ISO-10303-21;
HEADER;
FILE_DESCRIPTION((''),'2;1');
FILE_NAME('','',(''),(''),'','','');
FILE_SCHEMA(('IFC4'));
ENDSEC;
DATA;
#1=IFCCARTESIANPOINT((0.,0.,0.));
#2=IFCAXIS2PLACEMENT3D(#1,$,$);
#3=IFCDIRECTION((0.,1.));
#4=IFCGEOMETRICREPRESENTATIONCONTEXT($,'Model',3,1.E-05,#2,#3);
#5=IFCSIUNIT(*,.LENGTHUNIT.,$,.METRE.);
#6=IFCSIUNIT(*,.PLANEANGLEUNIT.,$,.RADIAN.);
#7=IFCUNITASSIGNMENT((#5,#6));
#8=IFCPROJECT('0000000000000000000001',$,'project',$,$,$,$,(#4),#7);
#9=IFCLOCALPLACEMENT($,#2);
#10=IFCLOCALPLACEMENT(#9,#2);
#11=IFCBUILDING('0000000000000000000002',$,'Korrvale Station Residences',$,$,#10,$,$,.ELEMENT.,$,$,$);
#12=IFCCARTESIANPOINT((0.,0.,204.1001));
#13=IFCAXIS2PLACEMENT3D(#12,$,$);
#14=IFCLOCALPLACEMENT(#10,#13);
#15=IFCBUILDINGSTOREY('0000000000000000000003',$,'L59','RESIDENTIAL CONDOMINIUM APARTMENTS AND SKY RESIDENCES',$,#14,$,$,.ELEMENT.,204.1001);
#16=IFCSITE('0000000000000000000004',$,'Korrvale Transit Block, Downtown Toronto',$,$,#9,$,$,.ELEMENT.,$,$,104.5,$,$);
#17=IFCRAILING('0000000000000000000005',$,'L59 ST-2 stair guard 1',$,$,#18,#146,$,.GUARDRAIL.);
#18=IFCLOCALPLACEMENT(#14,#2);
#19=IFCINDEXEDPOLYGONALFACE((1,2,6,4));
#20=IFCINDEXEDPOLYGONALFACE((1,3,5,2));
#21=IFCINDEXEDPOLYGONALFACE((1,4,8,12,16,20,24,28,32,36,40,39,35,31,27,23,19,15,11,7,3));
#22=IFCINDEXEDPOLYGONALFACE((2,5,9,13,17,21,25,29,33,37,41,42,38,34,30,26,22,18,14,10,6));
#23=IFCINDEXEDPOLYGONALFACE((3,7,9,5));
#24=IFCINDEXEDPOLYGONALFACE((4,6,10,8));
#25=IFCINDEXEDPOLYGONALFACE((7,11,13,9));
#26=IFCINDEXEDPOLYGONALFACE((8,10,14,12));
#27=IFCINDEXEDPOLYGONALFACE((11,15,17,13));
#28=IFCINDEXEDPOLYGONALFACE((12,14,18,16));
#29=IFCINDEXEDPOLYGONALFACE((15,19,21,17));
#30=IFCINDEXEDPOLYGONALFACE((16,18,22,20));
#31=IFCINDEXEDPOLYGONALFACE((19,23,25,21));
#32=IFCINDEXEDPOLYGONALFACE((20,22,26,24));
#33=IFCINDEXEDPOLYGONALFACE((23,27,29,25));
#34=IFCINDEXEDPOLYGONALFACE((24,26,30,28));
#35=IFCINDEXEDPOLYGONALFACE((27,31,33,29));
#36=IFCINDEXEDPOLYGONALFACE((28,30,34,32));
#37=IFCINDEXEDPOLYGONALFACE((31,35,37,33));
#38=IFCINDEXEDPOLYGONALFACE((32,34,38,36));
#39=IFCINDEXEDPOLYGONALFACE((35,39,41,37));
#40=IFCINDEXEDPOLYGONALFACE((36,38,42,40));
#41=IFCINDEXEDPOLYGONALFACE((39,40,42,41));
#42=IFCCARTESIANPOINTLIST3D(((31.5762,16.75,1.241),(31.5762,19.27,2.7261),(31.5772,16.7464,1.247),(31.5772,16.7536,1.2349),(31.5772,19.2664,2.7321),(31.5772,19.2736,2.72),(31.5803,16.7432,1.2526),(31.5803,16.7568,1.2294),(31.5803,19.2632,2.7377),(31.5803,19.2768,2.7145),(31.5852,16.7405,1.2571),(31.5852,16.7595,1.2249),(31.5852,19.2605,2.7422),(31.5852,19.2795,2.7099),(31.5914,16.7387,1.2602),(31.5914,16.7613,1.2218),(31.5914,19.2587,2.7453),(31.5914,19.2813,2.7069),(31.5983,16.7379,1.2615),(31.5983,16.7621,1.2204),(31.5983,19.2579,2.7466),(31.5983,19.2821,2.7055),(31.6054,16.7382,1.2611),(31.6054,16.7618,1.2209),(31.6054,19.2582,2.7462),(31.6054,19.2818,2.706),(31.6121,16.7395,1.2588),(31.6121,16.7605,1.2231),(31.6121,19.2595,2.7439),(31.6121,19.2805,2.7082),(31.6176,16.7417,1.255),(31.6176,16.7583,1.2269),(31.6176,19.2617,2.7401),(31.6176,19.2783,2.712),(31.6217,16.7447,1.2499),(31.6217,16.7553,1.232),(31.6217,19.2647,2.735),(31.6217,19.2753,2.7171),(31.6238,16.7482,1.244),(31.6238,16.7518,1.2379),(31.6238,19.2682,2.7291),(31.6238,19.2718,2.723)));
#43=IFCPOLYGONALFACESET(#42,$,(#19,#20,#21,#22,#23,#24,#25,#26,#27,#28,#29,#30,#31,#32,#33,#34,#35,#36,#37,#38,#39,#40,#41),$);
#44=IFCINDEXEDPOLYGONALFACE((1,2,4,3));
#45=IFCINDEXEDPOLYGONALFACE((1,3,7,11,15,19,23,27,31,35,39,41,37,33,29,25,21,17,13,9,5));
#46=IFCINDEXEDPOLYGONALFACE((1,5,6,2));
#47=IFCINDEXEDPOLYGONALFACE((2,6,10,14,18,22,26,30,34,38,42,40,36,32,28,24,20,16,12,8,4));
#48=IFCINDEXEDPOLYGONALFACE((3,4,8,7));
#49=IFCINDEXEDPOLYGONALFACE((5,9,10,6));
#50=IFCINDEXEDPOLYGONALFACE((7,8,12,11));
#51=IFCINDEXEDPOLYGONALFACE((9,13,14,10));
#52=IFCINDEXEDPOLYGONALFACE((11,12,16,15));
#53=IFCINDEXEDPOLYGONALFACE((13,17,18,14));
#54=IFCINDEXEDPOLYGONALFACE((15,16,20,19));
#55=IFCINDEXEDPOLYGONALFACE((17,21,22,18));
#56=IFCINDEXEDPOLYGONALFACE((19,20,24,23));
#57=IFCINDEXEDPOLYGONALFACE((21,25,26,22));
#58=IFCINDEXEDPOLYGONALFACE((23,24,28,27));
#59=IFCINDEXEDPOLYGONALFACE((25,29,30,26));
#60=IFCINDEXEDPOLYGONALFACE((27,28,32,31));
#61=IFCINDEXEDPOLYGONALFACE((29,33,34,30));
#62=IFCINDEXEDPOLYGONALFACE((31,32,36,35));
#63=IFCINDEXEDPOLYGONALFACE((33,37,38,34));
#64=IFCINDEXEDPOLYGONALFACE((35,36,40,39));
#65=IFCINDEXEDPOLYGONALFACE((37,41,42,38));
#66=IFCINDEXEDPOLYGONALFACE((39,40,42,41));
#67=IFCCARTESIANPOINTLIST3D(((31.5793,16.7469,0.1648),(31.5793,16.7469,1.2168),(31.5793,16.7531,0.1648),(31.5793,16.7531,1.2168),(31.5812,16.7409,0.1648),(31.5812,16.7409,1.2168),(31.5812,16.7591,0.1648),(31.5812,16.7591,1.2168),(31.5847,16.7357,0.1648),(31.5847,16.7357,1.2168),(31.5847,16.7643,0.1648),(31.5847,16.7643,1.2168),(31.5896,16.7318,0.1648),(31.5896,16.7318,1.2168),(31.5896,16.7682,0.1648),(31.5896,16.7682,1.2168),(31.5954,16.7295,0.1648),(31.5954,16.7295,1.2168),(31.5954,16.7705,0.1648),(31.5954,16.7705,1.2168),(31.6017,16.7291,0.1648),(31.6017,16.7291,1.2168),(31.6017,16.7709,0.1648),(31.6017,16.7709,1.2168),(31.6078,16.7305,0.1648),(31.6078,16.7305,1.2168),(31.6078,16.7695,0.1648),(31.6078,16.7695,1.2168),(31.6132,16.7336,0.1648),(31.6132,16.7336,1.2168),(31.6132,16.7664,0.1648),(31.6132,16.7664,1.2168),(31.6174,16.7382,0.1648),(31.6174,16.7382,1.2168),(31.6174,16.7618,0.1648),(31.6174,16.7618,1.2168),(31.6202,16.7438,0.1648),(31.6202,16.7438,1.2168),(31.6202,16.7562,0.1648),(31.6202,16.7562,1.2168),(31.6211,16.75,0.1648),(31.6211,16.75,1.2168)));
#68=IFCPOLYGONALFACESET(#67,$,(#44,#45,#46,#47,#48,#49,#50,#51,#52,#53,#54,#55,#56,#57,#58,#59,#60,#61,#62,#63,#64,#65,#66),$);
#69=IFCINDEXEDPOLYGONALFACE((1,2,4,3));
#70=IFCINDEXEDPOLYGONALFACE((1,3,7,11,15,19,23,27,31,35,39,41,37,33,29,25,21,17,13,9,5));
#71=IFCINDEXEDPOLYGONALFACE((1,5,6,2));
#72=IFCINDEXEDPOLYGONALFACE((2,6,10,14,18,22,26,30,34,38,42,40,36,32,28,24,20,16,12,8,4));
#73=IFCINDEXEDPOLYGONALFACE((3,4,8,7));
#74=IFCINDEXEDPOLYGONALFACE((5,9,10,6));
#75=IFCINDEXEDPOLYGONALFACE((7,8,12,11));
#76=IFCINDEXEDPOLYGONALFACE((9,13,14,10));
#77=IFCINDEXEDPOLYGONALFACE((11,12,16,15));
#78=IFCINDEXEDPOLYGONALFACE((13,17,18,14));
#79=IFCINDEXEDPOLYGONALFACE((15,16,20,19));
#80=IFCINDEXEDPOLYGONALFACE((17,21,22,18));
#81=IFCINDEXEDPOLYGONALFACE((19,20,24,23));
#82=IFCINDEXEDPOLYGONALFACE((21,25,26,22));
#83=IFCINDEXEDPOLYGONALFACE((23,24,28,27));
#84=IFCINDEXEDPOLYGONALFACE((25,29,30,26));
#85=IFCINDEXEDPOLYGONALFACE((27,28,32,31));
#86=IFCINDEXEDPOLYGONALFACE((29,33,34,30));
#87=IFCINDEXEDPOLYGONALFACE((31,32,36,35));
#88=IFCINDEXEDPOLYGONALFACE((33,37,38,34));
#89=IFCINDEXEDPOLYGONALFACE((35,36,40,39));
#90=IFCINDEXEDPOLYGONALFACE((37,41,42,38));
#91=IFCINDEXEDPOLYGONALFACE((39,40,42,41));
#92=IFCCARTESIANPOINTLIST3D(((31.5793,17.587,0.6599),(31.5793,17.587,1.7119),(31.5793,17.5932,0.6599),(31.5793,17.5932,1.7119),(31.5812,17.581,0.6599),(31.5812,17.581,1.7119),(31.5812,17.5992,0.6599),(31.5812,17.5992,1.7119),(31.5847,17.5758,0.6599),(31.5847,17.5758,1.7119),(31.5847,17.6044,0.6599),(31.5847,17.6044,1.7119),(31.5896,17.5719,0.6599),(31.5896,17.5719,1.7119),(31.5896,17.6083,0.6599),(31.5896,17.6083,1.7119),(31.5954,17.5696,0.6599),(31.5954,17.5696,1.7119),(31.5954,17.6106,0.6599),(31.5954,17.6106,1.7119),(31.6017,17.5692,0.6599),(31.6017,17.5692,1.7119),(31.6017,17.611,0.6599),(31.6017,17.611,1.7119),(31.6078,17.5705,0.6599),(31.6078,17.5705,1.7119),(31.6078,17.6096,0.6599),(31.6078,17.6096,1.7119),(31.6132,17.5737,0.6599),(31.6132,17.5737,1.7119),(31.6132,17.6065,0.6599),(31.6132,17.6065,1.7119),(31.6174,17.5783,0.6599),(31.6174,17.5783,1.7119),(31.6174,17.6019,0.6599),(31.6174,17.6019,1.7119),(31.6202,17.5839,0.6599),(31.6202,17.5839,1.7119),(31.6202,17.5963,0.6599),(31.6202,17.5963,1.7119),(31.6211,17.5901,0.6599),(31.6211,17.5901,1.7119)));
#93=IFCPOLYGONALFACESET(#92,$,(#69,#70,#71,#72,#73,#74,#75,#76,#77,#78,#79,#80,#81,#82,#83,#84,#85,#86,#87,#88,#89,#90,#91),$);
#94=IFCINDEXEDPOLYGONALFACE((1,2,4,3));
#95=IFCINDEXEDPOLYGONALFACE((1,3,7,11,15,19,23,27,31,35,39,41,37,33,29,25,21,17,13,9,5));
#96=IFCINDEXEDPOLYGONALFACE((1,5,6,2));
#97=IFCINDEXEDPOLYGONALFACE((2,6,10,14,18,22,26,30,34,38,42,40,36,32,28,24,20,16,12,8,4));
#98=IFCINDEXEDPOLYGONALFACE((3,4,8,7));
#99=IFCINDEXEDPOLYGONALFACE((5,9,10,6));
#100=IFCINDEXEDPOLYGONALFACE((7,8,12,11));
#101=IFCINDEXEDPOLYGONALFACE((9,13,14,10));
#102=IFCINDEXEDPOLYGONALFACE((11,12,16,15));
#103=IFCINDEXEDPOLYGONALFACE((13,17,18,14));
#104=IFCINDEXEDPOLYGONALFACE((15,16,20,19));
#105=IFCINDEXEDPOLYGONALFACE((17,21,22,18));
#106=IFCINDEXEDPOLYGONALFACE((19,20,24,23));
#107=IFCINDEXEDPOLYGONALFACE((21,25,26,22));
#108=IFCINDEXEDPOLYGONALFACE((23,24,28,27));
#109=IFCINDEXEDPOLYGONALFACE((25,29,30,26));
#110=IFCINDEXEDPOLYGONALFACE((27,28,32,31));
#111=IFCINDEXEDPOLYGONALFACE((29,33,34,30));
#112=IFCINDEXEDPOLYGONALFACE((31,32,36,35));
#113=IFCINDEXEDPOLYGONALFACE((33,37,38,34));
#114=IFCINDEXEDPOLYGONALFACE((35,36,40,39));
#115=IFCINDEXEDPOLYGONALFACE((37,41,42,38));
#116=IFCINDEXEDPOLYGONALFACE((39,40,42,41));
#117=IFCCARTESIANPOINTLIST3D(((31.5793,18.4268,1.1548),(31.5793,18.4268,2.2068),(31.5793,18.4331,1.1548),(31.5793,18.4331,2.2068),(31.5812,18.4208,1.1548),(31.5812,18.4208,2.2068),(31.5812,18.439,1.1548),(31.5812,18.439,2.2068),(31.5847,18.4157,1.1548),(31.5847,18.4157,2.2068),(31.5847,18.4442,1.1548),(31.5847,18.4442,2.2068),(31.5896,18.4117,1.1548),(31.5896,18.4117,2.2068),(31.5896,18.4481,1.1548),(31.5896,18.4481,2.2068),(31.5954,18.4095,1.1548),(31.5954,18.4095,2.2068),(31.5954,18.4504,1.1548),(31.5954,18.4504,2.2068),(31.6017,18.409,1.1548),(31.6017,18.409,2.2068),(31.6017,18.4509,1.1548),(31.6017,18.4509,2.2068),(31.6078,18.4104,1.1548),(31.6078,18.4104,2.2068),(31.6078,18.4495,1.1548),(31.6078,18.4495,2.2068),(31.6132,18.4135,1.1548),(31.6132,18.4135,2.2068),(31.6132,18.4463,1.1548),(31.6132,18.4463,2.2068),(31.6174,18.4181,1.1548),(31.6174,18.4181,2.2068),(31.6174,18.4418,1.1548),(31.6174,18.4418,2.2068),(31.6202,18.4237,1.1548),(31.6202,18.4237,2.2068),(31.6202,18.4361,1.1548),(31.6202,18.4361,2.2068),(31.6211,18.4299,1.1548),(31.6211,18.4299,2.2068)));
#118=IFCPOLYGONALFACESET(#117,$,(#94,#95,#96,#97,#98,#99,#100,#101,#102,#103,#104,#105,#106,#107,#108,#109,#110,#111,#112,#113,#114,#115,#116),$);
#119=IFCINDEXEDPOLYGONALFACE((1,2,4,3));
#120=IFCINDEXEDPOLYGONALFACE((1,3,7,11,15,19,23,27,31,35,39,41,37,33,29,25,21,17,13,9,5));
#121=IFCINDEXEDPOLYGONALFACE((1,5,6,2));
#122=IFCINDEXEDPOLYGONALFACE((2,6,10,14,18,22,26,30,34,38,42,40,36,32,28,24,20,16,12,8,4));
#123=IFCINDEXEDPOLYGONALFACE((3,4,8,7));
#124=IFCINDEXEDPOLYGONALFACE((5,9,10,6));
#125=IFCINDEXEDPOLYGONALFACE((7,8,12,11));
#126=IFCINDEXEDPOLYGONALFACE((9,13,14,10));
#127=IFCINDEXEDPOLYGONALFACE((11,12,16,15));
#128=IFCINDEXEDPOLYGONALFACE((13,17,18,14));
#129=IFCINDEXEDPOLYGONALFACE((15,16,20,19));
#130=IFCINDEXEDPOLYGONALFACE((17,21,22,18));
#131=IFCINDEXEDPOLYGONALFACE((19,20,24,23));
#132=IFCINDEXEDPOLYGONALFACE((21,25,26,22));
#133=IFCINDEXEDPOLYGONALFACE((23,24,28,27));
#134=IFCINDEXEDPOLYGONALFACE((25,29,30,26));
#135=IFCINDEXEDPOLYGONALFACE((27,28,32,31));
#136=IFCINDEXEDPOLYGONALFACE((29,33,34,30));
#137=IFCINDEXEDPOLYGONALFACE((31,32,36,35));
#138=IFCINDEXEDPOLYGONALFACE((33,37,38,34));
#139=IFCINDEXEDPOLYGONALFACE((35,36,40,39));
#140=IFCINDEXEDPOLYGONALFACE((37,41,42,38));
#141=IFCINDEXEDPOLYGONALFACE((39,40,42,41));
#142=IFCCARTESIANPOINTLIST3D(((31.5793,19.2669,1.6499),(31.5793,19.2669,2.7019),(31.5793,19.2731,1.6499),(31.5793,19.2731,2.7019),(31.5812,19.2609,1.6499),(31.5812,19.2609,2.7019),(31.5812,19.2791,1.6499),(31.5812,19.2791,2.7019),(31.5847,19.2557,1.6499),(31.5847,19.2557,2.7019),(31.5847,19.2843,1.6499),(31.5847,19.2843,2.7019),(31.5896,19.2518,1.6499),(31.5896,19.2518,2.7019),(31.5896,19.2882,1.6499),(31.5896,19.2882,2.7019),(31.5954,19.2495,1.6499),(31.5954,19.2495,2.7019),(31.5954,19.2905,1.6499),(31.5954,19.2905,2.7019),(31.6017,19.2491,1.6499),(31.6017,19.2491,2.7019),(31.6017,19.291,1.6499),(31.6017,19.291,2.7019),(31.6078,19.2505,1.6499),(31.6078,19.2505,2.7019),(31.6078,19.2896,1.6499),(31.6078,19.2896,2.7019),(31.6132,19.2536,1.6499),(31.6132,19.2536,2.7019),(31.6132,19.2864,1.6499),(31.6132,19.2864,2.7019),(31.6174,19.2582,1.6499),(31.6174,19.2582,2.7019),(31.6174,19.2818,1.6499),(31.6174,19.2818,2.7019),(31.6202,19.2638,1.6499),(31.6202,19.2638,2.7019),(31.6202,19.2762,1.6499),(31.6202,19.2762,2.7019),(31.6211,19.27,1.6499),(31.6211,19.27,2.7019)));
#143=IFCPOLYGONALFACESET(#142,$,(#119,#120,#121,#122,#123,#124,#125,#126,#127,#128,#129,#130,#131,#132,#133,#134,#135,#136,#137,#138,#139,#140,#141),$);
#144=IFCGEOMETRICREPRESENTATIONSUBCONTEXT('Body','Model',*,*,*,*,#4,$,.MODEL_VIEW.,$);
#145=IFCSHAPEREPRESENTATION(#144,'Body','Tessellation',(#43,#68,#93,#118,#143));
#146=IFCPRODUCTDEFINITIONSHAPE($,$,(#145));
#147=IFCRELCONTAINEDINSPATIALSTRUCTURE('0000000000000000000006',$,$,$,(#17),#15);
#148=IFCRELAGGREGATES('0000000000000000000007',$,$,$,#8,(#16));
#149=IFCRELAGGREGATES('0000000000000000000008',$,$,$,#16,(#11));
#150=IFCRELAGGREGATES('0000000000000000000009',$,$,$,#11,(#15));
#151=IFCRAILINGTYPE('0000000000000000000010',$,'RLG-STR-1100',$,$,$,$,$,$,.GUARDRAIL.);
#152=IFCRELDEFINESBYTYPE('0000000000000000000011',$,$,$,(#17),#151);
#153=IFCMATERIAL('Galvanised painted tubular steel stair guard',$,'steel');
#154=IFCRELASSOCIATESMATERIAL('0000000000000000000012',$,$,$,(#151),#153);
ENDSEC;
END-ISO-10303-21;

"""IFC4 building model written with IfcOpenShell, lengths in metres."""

from ifc_helpers import new_model, si_unit, direction, frame, origin, origin_2d, place, context, subcontext, project, spatial, circle, extrude, material, type_object, element, save


model = new_model("IFC4")

# Units and contexts
model_context = context("Model", 3, precision=1e-05, world=origin(), true_north=direction((0.0, 1.0)))
body_context = subcontext(model_context, "Body", "Model", "MODEL_VIEW")
ifc_project = project(units=[si_unit("LENGTHUNIT", "METRE"), si_unit("PLANEANGLEUNIT", "RADIAN")], contexts=[model_context])

# Site, building, storey
site_placement = place(None, origin())
site = spatial("IfcSite", under=ifc_project, at=site_placement, Name="Korrvale Transit Block, Downtown Toronto", CompositionType="ELEMENT", RefElevation=104.5)
building_placement = place(site_placement, origin())
building = spatial("IfcBuilding", under=site, at=building_placement, Name="Korrvale Station Residences", CompositionType="ELEMENT")
storey_placement = place(building_placement, frame((0.0, 0.0, 204.1001)))
storey = spatial("IfcBuildingStorey", under=building, at=storey_placement, Name="L59", Description="RESIDENTIAL CONDOMINIUM APARTMENTS AND SKY RESIDENCES", CompositionType="ELEMENT", Elevation=204.1001)

# Railing
ifc_material_1 = material(Name="Galvanised painted tubular steel stair guard", Category="steel")
railing_type_1 = type_object("IfcRailingType", Name="RLG-STR-1100", PredefinedType="GUARDRAIL", material=ifc_material_1)
railing_1_placement = place(storey_placement, frame((31.6001, 16.75, 0.1648)))
element("IfcRailing", 1, at=railing_1_placement, inside=storey, type_object=railing_type_1, Name="L59 ST-2 stair guard 1", PredefinedType="GUARDRAIL", context=body_context, shape_type="SweptSolid", body=[
    extrude(circle(Radius=0.0239, at=origin_2d()), frame((0.0, 0.0, 1.0762), z_axis=(0.0, 0.861524, 0.507717), x_axis=(-1.0, 0.0, 0.0)), (0.0, 0.0, 1.0), 2.925),
    extrude(circle(Radius=0.021, at=origin_2d()), origin(), (0.0, 0.0, 1.0), 1.052),
    extrude(circle(Radius=0.021, at=origin_2d()), frame((0.0, 0.8401, 0.4951)), (0.0, 0.0, 1.0), 1.052),
    extrude(circle(Radius=0.021, at=origin_2d()), frame((0.0, 1.6799, 0.99)), (0.0, 0.0, 1.0), 1.052),
    extrude(circle(Radius=0.021, at=origin_2d()), frame((0.0, 2.52, 1.4851)), (0.0, 0.0, 1.0), 1.052),
])

save(model, "model.ifc")
